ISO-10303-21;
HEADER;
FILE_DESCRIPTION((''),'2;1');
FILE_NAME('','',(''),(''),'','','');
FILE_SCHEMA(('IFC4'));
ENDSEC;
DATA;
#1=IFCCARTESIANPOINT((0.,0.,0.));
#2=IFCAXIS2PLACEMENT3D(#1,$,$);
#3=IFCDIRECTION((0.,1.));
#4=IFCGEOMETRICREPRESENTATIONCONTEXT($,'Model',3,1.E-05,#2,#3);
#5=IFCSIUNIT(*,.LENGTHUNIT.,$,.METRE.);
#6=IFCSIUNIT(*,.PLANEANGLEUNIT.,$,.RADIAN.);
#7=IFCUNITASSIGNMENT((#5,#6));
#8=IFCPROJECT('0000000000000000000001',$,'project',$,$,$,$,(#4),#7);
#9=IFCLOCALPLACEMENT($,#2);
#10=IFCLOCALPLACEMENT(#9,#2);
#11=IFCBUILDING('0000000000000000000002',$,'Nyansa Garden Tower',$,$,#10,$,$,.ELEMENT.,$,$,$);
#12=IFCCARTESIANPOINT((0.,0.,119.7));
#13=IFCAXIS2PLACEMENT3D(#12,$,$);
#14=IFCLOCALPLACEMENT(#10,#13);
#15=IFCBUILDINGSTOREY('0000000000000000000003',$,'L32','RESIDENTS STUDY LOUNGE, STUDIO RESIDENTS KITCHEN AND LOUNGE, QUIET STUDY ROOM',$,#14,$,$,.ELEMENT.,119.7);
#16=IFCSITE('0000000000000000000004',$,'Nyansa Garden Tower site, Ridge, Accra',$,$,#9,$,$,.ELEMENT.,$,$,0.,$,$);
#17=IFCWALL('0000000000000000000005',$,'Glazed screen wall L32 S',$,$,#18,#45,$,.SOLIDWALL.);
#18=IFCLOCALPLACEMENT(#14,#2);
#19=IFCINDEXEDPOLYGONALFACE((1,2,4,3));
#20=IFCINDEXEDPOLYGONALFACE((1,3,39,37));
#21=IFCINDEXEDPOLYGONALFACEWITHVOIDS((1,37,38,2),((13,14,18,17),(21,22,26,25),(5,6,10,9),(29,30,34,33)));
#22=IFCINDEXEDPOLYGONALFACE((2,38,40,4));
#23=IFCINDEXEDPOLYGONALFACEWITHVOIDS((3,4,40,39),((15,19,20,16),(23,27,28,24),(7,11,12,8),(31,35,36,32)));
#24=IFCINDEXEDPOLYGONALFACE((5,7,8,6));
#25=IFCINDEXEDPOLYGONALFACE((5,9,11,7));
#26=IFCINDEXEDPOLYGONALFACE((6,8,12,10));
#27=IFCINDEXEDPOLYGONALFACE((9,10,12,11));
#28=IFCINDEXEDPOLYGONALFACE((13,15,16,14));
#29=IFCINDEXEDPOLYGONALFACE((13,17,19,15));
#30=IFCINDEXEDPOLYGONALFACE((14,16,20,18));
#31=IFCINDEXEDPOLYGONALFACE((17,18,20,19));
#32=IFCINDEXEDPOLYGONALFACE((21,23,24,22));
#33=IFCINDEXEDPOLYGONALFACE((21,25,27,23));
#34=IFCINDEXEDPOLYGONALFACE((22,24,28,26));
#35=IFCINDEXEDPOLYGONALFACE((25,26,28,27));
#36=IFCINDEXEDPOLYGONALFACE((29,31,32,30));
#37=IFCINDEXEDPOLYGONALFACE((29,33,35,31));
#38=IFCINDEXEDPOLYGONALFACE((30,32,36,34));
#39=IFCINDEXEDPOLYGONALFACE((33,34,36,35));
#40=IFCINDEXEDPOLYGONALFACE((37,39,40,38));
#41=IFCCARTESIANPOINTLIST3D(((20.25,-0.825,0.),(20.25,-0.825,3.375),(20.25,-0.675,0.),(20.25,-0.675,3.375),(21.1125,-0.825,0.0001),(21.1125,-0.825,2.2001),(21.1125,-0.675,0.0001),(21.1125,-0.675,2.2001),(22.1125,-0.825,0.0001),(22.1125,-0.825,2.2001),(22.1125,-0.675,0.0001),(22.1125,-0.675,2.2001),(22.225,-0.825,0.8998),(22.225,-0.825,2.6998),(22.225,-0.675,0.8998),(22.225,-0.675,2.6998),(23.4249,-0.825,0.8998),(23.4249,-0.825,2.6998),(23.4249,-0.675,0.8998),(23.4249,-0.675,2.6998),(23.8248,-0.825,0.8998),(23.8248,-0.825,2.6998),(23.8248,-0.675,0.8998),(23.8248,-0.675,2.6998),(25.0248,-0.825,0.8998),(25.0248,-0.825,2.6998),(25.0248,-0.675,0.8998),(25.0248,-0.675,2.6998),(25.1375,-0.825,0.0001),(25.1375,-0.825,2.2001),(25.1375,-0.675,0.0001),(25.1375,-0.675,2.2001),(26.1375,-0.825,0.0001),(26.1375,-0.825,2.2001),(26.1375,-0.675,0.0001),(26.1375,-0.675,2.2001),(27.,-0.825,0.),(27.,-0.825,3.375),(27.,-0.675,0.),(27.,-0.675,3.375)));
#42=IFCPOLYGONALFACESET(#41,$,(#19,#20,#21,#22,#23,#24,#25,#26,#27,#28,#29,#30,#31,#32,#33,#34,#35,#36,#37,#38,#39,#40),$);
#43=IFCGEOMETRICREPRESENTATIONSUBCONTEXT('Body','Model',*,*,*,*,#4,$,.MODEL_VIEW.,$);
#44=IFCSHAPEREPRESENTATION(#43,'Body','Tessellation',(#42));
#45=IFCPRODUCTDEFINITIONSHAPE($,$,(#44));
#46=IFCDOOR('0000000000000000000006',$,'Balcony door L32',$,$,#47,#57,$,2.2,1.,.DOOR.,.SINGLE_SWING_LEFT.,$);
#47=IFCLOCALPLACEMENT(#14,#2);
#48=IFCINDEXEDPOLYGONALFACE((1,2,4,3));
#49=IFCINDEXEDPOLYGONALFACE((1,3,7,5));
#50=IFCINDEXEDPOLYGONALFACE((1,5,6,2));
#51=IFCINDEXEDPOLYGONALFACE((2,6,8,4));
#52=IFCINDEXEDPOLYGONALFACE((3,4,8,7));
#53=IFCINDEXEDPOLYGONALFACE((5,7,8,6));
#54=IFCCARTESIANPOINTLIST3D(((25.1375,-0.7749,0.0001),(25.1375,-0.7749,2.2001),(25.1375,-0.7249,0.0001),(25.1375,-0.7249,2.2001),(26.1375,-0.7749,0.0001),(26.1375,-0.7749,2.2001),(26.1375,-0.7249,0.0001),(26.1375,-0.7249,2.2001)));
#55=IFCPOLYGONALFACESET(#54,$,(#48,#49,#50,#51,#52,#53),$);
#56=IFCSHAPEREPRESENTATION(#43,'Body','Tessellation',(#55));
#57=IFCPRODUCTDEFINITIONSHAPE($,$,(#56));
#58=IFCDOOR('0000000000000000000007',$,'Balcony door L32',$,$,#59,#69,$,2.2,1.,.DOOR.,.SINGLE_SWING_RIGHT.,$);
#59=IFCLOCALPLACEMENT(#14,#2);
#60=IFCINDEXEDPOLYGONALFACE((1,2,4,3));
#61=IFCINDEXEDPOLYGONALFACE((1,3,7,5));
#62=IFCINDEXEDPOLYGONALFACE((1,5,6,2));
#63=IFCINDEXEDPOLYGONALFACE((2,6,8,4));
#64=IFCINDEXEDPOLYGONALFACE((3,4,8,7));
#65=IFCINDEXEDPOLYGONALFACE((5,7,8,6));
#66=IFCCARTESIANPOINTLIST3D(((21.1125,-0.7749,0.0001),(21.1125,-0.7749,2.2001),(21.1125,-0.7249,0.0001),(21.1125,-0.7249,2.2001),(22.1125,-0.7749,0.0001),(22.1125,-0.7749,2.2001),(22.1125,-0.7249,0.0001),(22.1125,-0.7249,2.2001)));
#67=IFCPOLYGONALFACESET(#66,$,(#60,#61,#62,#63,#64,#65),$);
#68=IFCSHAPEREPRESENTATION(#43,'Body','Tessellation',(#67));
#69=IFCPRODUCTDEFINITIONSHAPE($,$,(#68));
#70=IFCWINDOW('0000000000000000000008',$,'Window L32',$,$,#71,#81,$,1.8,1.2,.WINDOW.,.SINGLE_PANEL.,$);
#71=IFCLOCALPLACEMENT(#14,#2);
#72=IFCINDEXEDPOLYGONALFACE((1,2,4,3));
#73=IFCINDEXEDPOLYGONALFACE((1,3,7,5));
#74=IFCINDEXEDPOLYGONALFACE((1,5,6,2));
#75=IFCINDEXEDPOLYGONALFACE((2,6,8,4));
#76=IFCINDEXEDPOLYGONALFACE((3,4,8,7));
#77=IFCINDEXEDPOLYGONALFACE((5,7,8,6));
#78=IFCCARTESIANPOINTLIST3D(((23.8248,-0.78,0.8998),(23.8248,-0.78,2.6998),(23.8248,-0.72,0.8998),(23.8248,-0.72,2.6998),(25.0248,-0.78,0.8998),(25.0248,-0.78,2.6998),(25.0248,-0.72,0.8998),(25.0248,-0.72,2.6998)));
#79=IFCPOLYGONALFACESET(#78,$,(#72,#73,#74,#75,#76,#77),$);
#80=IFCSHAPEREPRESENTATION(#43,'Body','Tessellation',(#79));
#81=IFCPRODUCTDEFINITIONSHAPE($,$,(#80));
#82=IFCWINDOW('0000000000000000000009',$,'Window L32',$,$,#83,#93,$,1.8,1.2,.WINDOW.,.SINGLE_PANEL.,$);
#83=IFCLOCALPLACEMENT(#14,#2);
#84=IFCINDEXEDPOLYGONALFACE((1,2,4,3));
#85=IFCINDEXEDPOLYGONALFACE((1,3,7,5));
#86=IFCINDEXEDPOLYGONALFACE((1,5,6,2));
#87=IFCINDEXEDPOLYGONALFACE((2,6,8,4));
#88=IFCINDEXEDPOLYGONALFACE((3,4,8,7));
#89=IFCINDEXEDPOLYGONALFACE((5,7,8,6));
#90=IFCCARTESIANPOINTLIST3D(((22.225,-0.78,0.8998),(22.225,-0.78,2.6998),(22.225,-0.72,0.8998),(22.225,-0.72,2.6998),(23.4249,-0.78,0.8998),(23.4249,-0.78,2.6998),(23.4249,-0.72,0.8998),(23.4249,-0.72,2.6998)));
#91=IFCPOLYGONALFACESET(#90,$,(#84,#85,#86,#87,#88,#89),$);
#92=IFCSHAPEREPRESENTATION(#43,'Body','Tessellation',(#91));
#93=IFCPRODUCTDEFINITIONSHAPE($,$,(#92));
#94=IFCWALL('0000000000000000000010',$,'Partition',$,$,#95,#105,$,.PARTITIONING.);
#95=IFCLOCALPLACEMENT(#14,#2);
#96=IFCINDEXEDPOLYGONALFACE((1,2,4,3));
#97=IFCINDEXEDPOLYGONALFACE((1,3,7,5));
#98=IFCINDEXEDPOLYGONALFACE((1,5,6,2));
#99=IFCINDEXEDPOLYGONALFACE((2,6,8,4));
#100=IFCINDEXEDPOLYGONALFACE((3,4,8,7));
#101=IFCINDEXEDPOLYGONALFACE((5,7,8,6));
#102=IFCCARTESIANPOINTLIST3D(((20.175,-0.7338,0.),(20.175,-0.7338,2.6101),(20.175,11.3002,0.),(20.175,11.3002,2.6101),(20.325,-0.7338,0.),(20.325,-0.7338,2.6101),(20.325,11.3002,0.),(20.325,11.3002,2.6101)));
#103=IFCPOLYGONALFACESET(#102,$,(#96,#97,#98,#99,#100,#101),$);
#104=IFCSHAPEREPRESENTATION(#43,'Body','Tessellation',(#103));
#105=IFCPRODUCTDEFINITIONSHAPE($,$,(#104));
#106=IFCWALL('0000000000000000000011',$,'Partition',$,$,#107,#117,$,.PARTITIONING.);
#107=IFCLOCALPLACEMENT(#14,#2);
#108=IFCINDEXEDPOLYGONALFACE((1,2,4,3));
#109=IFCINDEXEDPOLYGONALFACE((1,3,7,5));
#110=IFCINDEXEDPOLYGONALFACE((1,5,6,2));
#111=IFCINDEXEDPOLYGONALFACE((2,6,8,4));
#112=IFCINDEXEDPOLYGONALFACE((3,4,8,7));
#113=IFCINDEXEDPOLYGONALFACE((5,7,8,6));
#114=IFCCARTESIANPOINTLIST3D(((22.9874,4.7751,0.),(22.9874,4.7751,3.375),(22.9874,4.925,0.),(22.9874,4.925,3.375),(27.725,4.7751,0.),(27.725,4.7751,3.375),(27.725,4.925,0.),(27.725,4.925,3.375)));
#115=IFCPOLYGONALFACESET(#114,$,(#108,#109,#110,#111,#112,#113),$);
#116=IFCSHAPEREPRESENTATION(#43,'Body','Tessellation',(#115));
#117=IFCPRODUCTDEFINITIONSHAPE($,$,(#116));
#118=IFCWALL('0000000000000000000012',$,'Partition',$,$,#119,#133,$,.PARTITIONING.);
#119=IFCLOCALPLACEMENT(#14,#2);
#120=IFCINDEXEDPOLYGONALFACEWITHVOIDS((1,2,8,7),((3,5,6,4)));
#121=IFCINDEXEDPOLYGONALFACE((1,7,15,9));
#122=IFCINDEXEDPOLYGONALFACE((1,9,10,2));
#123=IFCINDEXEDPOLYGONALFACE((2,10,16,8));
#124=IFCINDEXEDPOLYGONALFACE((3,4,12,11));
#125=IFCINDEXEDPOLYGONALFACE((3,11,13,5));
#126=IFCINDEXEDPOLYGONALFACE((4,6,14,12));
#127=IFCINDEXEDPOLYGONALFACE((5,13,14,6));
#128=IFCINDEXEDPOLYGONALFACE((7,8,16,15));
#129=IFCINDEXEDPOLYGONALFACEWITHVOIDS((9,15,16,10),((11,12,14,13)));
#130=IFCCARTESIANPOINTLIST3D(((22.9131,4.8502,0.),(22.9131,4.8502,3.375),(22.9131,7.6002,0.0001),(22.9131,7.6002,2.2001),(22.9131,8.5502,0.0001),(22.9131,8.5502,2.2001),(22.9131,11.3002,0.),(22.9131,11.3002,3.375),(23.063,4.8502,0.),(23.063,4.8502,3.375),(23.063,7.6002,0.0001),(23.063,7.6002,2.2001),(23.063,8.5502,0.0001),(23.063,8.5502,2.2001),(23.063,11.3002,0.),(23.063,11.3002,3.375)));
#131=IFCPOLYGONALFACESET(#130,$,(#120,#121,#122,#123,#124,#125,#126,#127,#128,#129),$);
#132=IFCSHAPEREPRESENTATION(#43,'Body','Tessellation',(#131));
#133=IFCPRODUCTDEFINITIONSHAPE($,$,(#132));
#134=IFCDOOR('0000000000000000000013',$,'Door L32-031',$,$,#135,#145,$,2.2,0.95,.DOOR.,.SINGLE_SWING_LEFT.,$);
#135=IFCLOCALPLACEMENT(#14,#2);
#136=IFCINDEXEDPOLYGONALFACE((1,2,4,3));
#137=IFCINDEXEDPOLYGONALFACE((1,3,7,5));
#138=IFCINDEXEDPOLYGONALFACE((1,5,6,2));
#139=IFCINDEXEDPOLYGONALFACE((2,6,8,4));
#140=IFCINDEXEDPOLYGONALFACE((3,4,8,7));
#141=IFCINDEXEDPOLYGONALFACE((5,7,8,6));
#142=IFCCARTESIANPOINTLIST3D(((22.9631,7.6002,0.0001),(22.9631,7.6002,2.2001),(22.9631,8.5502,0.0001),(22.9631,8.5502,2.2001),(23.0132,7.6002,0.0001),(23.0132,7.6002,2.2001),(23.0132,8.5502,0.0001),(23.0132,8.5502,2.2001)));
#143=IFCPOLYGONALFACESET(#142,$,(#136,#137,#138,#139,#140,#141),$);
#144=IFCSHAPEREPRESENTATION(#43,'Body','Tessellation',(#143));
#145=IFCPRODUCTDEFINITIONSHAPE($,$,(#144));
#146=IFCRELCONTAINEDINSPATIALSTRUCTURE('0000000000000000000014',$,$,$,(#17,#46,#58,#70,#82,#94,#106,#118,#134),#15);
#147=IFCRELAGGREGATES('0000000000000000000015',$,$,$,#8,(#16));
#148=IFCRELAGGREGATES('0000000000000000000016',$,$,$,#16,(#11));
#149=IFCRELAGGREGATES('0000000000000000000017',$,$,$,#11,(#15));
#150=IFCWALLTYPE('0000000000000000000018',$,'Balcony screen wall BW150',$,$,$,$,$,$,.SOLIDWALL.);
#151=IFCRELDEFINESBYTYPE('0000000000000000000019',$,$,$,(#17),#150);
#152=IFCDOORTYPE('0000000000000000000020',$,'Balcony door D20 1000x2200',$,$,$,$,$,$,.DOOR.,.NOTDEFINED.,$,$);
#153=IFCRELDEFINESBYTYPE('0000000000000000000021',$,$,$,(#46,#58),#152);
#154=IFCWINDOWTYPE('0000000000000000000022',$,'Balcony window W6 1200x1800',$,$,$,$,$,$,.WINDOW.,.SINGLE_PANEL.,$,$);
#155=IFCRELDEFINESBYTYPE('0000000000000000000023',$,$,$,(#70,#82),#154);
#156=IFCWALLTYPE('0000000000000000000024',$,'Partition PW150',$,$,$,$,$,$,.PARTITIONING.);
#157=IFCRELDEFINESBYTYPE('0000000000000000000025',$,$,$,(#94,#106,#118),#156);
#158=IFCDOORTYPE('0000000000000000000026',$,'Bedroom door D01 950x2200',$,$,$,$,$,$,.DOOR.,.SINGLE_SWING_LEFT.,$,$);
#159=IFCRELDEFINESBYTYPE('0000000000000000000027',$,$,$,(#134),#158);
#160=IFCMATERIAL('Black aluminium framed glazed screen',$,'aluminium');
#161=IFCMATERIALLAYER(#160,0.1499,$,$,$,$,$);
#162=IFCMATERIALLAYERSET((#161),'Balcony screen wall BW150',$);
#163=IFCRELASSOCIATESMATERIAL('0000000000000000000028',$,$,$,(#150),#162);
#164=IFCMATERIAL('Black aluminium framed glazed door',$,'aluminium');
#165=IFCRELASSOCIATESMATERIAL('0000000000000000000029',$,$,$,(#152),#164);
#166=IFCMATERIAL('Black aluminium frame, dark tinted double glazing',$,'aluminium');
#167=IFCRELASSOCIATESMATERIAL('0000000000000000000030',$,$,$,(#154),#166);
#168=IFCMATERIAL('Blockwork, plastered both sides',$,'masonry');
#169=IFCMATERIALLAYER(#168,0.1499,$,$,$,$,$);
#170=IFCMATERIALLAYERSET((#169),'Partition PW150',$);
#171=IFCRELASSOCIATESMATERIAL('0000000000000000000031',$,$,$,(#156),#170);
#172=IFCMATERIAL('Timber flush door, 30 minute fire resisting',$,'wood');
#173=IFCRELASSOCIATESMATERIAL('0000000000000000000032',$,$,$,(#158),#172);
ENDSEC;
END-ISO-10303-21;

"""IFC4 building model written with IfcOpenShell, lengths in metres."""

from ifc_helpers import new_model, si_unit, direction, frame, frame_2d, origin, place, context, subcontext, project, spatial, rectangle, extrude, material, layer, layer_set, type_object, element, fill, save


model = new_model("IFC4")

# Units and contexts
model_context = context("Model", 3, precision=1e-05, world=origin(), true_north=direction((0.0, 1.0)))
body_context = subcontext(model_context, "Body", "Model", "MODEL_VIEW")
ifc_project = project(units=[si_unit("LENGTHUNIT", "METRE"), si_unit("PLANEANGLEUNIT", "RADIAN")], contexts=[model_context])

# Site, building, storey
site_placement = place(None, origin())
site = spatial("IfcSite", under=ifc_project, at=site_placement, Name="Nyansa Garden Tower site, Ridge, Accra", CompositionType="ELEMENT", RefElevation=0.0)
building_placement = place(site_placement, origin())
building = spatial("IfcBuilding", under=site, at=building_placement, Name="Nyansa Garden Tower", CompositionType="ELEMENT")
storey_placement = place(building_placement, frame((0.0, 0.0, 119.7)))
storey = spatial("IfcBuildingStorey", under=building, at=storey_placement, Name="L32", Description="RESIDENTS STUDY LOUNGE, STUDIO RESIDENTS KITCHEN AND LOUNGE, QUIET STUDY ROOM", CompositionType="ELEMENT", Elevation=119.7)

# Wall, openings, doors, windows
ifc_material_1 = material(Name="Black aluminium framed glazed screen", Category="aluminium")
ifc_layer_1 = layer(ifc_material_1, 0.1499)
ifc_layer_set_1 = layer_set([ifc_layer_1], Name="Balcony screen wall BW150")
wall_type_1 = type_object("IfcWallType", Name="Balcony screen wall BW150", PredefinedType="SOLIDWALL", material=ifc_layer_set_1)
wall_1_placement = place(storey_placement, frame((27.0, -0.75, 0.0), z_axis=(0.0, 0.0, 1.0), x_axis=(-1.0, 0.0, 0.0)))
wall_1 = element("IfcWall", 1, at=wall_1_placement, inside=storey, type_object=wall_type_1, Name="Glazed screen wall L32 S", PredefinedType="SOLIDWALL", context=body_context, shape_type="SweptSolid", body=[
    extrude(rectangle(XDim=6.75, YDim=0.1499, at=frame_2d((3.375, 0.0))), origin(), (0.0, 0.0, 1.0), 3.375),
])
opening_1_placement = place(wall_1_placement, frame((0.8625, 0.0, 0.0)))
opening_1 = element("IfcOpeningElement", 2, at=opening_1_placement, cuts=wall_1, PredefinedType="OPENING", context=body_context, shape_type="SweptSolid", body=[
    extrude(rectangle(XDim=1.0, YDim=2.2, at=frame_2d((0.5, 1.1001))), frame((0.0, 0.085, 0.0), z_axis=(0.0, -1.0, 0.0), x_axis=(1.0, 0.0, 0.0)), (0.0, 0.0, 1.0), 0.1699),
])
opening_2_placement = place(wall_1_placement, frame((1.9751, 0.0, 0.8999)))
opening_2 = element("IfcOpeningElement", 3, at=opening_2_placement, cuts=wall_1, PredefinedType="OPENING", context=body_context, shape_type="SweptSolid", body=[
    extrude(rectangle(XDim=1.2, YDim=1.8, at=frame_2d((0.6001, 0.8999))), frame((0.0, 0.085, 0.0), z_axis=(0.0, -1.0, 0.0), x_axis=(1.0, 0.0, 0.0)), (0.0, 0.0, 1.0), 0.1699),
])
opening_3_placement = place(wall_1_placement, frame((4.8875, 0.0, 0.0)))
opening_3 = element("IfcOpeningElement", 4, at=opening_3_placement, cuts=wall_1, PredefinedType="OPENING", context=body_context, shape_type="SweptSolid", body=[
    extrude(rectangle(XDim=1.0, YDim=2.2, at=frame_2d((0.5, 1.1001))), frame((0.0, 0.085, 0.0), z_axis=(0.0, -1.0, 0.0), x_axis=(1.0, 0.0, 0.0)), (0.0, 0.0, 1.0), 0.1699),
])
opening_4_placement = place(wall_1_placement, frame((3.575, 0.0, 0.8999)))
opening_4 = element("IfcOpeningElement", 5, at=opening_4_placement, cuts=wall_1, PredefinedType="OPENING", context=body_context, shape_type="SweptSolid", body=[
    extrude(rectangle(XDim=1.2, YDim=1.8, at=frame_2d((0.6001, 0.8999))), frame((0.0, 0.085, 0.0), z_axis=(0.0, -1.0, 0.0), x_axis=(1.0, 0.0, 0.0)), (0.0, 0.0, 1.0), 0.1699),
])
ifc_material_2 = material(Name="Black aluminium framed glazed door", Category="aluminium")
door_type_1 = type_object("IfcDoorType", Name="Balcony door D20 1000x2200", OperationType="NOTDEFINED", PredefinedType="DOOR", material=ifc_material_2)
door_1_placement = place(opening_1_placement, origin())
door_1 = element("IfcDoor", 6, at=door_1_placement, inside=storey, type_object=door_type_1, Name="Balcony door L32", OperationType="SINGLE_SWING_LEFT", OverallHeight=2.2, OverallWidth=1.0, PredefinedType="DOOR", context=body_context, shape_type="SweptSolid", body=[
    extrude(rectangle(XDim=1.0, YDim=2.2, at=frame_2d((0.5, 1.1001))), frame((0.0, 0.0249, 0.0), z_axis=(0.0, -1.0, 0.0), x_axis=(1.0, 0.0, 0.0)), (0.0, 0.0, 1.0), 0.05),
])
fill(opening_1, door_1)
door_2_placement = place(opening_3_placement, origin())
door_2 = element("IfcDoor", 7, at=door_2_placement, inside=storey, type_object=door_type_1, Name="Balcony door L32", OperationType="SINGLE_SWING_RIGHT", OverallHeight=2.2, OverallWidth=1.0, PredefinedType="DOOR", context=body_context, shape_type="SweptSolid", body=[
    extrude(rectangle(XDim=1.0, YDim=2.2, at=frame_2d((0.5, 1.1001))), frame((0.0, 0.0249, 0.0), z_axis=(0.0, -1.0, 0.0), x_axis=(1.0, 0.0, 0.0)), (0.0, 0.0, 1.0), 0.05),
])
fill(opening_3, door_2)
ifc_material_3 = material(Name="Black aluminium frame, dark tinted double glazing", Category="aluminium")
window_type = type_object("IfcWindowType", Name="Balcony window W6 1200x1800", PartitioningType="SINGLE_PANEL", PredefinedType="WINDOW", material=ifc_material_3)
window_1_placement = place(opening_2_placement, origin())
window_1 = element("IfcWindow", 8, at=window_1_placement, inside=storey, type_object=window_type, Name="Window L32", OverallHeight=1.8, OverallWidth=1.2, PartitioningType="SINGLE_PANEL", PredefinedType="WINDOW", context=body_context, shape_type="SweptSolid", body=[
    extrude(rectangle(XDim=1.2, YDim=1.8, at=frame_2d((0.6001, 0.8999))), frame((0.0, 0.03, 0.0), z_axis=(0.0, -1.0, 0.0), x_axis=(1.0, 0.0, 0.0)), (0.0, 0.0, 1.0), 0.0601),
])
fill(opening_2, window_1)
window_2_placement = place(opening_4_placement, origin())
window_2 = element("IfcWindow", 9, at=window_2_placement, inside=storey, type_object=window_type, Name="Window L32", OverallHeight=1.8, OverallWidth=1.2, PartitioningType="SINGLE_PANEL", PredefinedType="WINDOW", context=body_context, shape_type="SweptSolid", body=[
    extrude(rectangle(XDim=1.2, YDim=1.8, at=frame_2d((0.6001, 0.8999))), frame((0.0, 0.03, 0.0), z_axis=(0.0, -1.0, 0.0), x_axis=(1.0, 0.0, 0.0)), (0.0, 0.0, 1.0), 0.0601),
])
fill(opening_4, window_2)

# Walls
ifc_material_4 = material(Name="Blockwork, plastered both sides", Category="masonry")
ifc_layer_2 = layer(ifc_material_4, 0.1499)
ifc_layer_set_2 = layer_set([ifc_layer_2], Name="Partition PW150")
wall_type_2 = type_object("IfcWallType", Name="Partition PW150", PredefinedType="PARTITIONING", material=ifc_layer_set_2)
wall_2_placement = place(storey_placement, frame((20.25, -0.7339, 0.0), z_axis=(0.0, 0.0, 1.0), x_axis=(0.0, 1.0, 0.0)))
element("IfcWall", 10, at=wall_2_placement, inside=storey, type_object=wall_type_2, Name="Partition", PredefinedType="PARTITIONING", context=body_context, shape_type="SweptSolid", body=[
    extrude(rectangle(XDim=12.0339, YDim=0.1499, at=frame_2d((6.0171, 0.0))), origin(), (0.0, 0.0, 1.0), 2.6101),
])
wall_3_placement = place(storey_placement, frame((22.9875, 4.8501, 0.0), z_axis=(0.0, 0.0, 1.0), x_axis=(1.0, 0.0, 0.0)))
element("IfcWall", 11, at=wall_3_placement, inside=storey, type_object=wall_type_2, Name="Partition", PredefinedType="PARTITIONING", context=body_context, shape_type="SweptSolid", body=[
    extrude(rectangle(XDim=4.7375, YDim=0.1499, at=frame_2d((2.3687, 0.0))), origin(), (0.0, 0.0, 1.0), 3.375),
])

# Wall, opening, door
wall_4_placement = place(storey_placement, frame((22.988, 4.8501, 0.0), z_axis=(0.0, 0.0, 1.0), x_axis=(0.0, 1.0, 0.0)))
wall_4 = element("IfcWall", 12, at=wall_4_placement, inside=storey, type_object=wall_type_2, Name="Partition", PredefinedType="PARTITIONING", context=body_context, shape_type="SweptSolid", body=[
    extrude(rectangle(XDim=6.45, YDim=0.1499, at=frame_2d((3.2251, 0.0))), origin(), (0.0, 0.0, 1.0), 3.375),
])
opening_5_placement = place(wall_4_placement, frame((2.75, 0.0, 0.0)))
opening_5 = element("IfcOpeningElement", 13, at=opening_5_placement, cuts=wall_4, PredefinedType="OPENING", context=body_context, shape_type="SweptSolid", body=[
    extrude(rectangle(XDim=0.95, YDim=2.2, at=frame_2d((0.4751, 1.1001))), frame((0.0, 0.085, 0.0), z_axis=(0.0, -1.0, 0.0), x_axis=(1.0, 0.0, 0.0)), (0.0, 0.0, 1.0), 0.1699),
])
ifc_material_5 = material(Name="Timber flush door, 30 minute fire resisting", Category="wood")
door_type_2 = type_object("IfcDoorType", Name="Bedroom door D01 950x2200", OperationType="SINGLE_SWING_LEFT", PredefinedType="DOOR", material=ifc_material_5)
door_3_placement = place(opening_5_placement, origin())
door_3 = element("IfcDoor", 14, at=door_3_placement, inside=storey, type_object=door_type_2, Name="Door L32-031", OperationType="SINGLE_SWING_LEFT", OverallHeight=2.2, OverallWidth=0.95, PredefinedType="DOOR", context=body_context, shape_type="SweptSolid", body=[
    extrude(rectangle(XDim=0.95, YDim=2.2, at=frame_2d((0.4751, 1.1001))), frame((0.0, 0.0249, 0.0), z_axis=(0.0, -1.0, 0.0), x_axis=(1.0, 0.0, 0.0)), (0.0, 0.0, 1.0), 0.05),
])
fill(opening_5, door_3)

save(model, "model.ifc")
